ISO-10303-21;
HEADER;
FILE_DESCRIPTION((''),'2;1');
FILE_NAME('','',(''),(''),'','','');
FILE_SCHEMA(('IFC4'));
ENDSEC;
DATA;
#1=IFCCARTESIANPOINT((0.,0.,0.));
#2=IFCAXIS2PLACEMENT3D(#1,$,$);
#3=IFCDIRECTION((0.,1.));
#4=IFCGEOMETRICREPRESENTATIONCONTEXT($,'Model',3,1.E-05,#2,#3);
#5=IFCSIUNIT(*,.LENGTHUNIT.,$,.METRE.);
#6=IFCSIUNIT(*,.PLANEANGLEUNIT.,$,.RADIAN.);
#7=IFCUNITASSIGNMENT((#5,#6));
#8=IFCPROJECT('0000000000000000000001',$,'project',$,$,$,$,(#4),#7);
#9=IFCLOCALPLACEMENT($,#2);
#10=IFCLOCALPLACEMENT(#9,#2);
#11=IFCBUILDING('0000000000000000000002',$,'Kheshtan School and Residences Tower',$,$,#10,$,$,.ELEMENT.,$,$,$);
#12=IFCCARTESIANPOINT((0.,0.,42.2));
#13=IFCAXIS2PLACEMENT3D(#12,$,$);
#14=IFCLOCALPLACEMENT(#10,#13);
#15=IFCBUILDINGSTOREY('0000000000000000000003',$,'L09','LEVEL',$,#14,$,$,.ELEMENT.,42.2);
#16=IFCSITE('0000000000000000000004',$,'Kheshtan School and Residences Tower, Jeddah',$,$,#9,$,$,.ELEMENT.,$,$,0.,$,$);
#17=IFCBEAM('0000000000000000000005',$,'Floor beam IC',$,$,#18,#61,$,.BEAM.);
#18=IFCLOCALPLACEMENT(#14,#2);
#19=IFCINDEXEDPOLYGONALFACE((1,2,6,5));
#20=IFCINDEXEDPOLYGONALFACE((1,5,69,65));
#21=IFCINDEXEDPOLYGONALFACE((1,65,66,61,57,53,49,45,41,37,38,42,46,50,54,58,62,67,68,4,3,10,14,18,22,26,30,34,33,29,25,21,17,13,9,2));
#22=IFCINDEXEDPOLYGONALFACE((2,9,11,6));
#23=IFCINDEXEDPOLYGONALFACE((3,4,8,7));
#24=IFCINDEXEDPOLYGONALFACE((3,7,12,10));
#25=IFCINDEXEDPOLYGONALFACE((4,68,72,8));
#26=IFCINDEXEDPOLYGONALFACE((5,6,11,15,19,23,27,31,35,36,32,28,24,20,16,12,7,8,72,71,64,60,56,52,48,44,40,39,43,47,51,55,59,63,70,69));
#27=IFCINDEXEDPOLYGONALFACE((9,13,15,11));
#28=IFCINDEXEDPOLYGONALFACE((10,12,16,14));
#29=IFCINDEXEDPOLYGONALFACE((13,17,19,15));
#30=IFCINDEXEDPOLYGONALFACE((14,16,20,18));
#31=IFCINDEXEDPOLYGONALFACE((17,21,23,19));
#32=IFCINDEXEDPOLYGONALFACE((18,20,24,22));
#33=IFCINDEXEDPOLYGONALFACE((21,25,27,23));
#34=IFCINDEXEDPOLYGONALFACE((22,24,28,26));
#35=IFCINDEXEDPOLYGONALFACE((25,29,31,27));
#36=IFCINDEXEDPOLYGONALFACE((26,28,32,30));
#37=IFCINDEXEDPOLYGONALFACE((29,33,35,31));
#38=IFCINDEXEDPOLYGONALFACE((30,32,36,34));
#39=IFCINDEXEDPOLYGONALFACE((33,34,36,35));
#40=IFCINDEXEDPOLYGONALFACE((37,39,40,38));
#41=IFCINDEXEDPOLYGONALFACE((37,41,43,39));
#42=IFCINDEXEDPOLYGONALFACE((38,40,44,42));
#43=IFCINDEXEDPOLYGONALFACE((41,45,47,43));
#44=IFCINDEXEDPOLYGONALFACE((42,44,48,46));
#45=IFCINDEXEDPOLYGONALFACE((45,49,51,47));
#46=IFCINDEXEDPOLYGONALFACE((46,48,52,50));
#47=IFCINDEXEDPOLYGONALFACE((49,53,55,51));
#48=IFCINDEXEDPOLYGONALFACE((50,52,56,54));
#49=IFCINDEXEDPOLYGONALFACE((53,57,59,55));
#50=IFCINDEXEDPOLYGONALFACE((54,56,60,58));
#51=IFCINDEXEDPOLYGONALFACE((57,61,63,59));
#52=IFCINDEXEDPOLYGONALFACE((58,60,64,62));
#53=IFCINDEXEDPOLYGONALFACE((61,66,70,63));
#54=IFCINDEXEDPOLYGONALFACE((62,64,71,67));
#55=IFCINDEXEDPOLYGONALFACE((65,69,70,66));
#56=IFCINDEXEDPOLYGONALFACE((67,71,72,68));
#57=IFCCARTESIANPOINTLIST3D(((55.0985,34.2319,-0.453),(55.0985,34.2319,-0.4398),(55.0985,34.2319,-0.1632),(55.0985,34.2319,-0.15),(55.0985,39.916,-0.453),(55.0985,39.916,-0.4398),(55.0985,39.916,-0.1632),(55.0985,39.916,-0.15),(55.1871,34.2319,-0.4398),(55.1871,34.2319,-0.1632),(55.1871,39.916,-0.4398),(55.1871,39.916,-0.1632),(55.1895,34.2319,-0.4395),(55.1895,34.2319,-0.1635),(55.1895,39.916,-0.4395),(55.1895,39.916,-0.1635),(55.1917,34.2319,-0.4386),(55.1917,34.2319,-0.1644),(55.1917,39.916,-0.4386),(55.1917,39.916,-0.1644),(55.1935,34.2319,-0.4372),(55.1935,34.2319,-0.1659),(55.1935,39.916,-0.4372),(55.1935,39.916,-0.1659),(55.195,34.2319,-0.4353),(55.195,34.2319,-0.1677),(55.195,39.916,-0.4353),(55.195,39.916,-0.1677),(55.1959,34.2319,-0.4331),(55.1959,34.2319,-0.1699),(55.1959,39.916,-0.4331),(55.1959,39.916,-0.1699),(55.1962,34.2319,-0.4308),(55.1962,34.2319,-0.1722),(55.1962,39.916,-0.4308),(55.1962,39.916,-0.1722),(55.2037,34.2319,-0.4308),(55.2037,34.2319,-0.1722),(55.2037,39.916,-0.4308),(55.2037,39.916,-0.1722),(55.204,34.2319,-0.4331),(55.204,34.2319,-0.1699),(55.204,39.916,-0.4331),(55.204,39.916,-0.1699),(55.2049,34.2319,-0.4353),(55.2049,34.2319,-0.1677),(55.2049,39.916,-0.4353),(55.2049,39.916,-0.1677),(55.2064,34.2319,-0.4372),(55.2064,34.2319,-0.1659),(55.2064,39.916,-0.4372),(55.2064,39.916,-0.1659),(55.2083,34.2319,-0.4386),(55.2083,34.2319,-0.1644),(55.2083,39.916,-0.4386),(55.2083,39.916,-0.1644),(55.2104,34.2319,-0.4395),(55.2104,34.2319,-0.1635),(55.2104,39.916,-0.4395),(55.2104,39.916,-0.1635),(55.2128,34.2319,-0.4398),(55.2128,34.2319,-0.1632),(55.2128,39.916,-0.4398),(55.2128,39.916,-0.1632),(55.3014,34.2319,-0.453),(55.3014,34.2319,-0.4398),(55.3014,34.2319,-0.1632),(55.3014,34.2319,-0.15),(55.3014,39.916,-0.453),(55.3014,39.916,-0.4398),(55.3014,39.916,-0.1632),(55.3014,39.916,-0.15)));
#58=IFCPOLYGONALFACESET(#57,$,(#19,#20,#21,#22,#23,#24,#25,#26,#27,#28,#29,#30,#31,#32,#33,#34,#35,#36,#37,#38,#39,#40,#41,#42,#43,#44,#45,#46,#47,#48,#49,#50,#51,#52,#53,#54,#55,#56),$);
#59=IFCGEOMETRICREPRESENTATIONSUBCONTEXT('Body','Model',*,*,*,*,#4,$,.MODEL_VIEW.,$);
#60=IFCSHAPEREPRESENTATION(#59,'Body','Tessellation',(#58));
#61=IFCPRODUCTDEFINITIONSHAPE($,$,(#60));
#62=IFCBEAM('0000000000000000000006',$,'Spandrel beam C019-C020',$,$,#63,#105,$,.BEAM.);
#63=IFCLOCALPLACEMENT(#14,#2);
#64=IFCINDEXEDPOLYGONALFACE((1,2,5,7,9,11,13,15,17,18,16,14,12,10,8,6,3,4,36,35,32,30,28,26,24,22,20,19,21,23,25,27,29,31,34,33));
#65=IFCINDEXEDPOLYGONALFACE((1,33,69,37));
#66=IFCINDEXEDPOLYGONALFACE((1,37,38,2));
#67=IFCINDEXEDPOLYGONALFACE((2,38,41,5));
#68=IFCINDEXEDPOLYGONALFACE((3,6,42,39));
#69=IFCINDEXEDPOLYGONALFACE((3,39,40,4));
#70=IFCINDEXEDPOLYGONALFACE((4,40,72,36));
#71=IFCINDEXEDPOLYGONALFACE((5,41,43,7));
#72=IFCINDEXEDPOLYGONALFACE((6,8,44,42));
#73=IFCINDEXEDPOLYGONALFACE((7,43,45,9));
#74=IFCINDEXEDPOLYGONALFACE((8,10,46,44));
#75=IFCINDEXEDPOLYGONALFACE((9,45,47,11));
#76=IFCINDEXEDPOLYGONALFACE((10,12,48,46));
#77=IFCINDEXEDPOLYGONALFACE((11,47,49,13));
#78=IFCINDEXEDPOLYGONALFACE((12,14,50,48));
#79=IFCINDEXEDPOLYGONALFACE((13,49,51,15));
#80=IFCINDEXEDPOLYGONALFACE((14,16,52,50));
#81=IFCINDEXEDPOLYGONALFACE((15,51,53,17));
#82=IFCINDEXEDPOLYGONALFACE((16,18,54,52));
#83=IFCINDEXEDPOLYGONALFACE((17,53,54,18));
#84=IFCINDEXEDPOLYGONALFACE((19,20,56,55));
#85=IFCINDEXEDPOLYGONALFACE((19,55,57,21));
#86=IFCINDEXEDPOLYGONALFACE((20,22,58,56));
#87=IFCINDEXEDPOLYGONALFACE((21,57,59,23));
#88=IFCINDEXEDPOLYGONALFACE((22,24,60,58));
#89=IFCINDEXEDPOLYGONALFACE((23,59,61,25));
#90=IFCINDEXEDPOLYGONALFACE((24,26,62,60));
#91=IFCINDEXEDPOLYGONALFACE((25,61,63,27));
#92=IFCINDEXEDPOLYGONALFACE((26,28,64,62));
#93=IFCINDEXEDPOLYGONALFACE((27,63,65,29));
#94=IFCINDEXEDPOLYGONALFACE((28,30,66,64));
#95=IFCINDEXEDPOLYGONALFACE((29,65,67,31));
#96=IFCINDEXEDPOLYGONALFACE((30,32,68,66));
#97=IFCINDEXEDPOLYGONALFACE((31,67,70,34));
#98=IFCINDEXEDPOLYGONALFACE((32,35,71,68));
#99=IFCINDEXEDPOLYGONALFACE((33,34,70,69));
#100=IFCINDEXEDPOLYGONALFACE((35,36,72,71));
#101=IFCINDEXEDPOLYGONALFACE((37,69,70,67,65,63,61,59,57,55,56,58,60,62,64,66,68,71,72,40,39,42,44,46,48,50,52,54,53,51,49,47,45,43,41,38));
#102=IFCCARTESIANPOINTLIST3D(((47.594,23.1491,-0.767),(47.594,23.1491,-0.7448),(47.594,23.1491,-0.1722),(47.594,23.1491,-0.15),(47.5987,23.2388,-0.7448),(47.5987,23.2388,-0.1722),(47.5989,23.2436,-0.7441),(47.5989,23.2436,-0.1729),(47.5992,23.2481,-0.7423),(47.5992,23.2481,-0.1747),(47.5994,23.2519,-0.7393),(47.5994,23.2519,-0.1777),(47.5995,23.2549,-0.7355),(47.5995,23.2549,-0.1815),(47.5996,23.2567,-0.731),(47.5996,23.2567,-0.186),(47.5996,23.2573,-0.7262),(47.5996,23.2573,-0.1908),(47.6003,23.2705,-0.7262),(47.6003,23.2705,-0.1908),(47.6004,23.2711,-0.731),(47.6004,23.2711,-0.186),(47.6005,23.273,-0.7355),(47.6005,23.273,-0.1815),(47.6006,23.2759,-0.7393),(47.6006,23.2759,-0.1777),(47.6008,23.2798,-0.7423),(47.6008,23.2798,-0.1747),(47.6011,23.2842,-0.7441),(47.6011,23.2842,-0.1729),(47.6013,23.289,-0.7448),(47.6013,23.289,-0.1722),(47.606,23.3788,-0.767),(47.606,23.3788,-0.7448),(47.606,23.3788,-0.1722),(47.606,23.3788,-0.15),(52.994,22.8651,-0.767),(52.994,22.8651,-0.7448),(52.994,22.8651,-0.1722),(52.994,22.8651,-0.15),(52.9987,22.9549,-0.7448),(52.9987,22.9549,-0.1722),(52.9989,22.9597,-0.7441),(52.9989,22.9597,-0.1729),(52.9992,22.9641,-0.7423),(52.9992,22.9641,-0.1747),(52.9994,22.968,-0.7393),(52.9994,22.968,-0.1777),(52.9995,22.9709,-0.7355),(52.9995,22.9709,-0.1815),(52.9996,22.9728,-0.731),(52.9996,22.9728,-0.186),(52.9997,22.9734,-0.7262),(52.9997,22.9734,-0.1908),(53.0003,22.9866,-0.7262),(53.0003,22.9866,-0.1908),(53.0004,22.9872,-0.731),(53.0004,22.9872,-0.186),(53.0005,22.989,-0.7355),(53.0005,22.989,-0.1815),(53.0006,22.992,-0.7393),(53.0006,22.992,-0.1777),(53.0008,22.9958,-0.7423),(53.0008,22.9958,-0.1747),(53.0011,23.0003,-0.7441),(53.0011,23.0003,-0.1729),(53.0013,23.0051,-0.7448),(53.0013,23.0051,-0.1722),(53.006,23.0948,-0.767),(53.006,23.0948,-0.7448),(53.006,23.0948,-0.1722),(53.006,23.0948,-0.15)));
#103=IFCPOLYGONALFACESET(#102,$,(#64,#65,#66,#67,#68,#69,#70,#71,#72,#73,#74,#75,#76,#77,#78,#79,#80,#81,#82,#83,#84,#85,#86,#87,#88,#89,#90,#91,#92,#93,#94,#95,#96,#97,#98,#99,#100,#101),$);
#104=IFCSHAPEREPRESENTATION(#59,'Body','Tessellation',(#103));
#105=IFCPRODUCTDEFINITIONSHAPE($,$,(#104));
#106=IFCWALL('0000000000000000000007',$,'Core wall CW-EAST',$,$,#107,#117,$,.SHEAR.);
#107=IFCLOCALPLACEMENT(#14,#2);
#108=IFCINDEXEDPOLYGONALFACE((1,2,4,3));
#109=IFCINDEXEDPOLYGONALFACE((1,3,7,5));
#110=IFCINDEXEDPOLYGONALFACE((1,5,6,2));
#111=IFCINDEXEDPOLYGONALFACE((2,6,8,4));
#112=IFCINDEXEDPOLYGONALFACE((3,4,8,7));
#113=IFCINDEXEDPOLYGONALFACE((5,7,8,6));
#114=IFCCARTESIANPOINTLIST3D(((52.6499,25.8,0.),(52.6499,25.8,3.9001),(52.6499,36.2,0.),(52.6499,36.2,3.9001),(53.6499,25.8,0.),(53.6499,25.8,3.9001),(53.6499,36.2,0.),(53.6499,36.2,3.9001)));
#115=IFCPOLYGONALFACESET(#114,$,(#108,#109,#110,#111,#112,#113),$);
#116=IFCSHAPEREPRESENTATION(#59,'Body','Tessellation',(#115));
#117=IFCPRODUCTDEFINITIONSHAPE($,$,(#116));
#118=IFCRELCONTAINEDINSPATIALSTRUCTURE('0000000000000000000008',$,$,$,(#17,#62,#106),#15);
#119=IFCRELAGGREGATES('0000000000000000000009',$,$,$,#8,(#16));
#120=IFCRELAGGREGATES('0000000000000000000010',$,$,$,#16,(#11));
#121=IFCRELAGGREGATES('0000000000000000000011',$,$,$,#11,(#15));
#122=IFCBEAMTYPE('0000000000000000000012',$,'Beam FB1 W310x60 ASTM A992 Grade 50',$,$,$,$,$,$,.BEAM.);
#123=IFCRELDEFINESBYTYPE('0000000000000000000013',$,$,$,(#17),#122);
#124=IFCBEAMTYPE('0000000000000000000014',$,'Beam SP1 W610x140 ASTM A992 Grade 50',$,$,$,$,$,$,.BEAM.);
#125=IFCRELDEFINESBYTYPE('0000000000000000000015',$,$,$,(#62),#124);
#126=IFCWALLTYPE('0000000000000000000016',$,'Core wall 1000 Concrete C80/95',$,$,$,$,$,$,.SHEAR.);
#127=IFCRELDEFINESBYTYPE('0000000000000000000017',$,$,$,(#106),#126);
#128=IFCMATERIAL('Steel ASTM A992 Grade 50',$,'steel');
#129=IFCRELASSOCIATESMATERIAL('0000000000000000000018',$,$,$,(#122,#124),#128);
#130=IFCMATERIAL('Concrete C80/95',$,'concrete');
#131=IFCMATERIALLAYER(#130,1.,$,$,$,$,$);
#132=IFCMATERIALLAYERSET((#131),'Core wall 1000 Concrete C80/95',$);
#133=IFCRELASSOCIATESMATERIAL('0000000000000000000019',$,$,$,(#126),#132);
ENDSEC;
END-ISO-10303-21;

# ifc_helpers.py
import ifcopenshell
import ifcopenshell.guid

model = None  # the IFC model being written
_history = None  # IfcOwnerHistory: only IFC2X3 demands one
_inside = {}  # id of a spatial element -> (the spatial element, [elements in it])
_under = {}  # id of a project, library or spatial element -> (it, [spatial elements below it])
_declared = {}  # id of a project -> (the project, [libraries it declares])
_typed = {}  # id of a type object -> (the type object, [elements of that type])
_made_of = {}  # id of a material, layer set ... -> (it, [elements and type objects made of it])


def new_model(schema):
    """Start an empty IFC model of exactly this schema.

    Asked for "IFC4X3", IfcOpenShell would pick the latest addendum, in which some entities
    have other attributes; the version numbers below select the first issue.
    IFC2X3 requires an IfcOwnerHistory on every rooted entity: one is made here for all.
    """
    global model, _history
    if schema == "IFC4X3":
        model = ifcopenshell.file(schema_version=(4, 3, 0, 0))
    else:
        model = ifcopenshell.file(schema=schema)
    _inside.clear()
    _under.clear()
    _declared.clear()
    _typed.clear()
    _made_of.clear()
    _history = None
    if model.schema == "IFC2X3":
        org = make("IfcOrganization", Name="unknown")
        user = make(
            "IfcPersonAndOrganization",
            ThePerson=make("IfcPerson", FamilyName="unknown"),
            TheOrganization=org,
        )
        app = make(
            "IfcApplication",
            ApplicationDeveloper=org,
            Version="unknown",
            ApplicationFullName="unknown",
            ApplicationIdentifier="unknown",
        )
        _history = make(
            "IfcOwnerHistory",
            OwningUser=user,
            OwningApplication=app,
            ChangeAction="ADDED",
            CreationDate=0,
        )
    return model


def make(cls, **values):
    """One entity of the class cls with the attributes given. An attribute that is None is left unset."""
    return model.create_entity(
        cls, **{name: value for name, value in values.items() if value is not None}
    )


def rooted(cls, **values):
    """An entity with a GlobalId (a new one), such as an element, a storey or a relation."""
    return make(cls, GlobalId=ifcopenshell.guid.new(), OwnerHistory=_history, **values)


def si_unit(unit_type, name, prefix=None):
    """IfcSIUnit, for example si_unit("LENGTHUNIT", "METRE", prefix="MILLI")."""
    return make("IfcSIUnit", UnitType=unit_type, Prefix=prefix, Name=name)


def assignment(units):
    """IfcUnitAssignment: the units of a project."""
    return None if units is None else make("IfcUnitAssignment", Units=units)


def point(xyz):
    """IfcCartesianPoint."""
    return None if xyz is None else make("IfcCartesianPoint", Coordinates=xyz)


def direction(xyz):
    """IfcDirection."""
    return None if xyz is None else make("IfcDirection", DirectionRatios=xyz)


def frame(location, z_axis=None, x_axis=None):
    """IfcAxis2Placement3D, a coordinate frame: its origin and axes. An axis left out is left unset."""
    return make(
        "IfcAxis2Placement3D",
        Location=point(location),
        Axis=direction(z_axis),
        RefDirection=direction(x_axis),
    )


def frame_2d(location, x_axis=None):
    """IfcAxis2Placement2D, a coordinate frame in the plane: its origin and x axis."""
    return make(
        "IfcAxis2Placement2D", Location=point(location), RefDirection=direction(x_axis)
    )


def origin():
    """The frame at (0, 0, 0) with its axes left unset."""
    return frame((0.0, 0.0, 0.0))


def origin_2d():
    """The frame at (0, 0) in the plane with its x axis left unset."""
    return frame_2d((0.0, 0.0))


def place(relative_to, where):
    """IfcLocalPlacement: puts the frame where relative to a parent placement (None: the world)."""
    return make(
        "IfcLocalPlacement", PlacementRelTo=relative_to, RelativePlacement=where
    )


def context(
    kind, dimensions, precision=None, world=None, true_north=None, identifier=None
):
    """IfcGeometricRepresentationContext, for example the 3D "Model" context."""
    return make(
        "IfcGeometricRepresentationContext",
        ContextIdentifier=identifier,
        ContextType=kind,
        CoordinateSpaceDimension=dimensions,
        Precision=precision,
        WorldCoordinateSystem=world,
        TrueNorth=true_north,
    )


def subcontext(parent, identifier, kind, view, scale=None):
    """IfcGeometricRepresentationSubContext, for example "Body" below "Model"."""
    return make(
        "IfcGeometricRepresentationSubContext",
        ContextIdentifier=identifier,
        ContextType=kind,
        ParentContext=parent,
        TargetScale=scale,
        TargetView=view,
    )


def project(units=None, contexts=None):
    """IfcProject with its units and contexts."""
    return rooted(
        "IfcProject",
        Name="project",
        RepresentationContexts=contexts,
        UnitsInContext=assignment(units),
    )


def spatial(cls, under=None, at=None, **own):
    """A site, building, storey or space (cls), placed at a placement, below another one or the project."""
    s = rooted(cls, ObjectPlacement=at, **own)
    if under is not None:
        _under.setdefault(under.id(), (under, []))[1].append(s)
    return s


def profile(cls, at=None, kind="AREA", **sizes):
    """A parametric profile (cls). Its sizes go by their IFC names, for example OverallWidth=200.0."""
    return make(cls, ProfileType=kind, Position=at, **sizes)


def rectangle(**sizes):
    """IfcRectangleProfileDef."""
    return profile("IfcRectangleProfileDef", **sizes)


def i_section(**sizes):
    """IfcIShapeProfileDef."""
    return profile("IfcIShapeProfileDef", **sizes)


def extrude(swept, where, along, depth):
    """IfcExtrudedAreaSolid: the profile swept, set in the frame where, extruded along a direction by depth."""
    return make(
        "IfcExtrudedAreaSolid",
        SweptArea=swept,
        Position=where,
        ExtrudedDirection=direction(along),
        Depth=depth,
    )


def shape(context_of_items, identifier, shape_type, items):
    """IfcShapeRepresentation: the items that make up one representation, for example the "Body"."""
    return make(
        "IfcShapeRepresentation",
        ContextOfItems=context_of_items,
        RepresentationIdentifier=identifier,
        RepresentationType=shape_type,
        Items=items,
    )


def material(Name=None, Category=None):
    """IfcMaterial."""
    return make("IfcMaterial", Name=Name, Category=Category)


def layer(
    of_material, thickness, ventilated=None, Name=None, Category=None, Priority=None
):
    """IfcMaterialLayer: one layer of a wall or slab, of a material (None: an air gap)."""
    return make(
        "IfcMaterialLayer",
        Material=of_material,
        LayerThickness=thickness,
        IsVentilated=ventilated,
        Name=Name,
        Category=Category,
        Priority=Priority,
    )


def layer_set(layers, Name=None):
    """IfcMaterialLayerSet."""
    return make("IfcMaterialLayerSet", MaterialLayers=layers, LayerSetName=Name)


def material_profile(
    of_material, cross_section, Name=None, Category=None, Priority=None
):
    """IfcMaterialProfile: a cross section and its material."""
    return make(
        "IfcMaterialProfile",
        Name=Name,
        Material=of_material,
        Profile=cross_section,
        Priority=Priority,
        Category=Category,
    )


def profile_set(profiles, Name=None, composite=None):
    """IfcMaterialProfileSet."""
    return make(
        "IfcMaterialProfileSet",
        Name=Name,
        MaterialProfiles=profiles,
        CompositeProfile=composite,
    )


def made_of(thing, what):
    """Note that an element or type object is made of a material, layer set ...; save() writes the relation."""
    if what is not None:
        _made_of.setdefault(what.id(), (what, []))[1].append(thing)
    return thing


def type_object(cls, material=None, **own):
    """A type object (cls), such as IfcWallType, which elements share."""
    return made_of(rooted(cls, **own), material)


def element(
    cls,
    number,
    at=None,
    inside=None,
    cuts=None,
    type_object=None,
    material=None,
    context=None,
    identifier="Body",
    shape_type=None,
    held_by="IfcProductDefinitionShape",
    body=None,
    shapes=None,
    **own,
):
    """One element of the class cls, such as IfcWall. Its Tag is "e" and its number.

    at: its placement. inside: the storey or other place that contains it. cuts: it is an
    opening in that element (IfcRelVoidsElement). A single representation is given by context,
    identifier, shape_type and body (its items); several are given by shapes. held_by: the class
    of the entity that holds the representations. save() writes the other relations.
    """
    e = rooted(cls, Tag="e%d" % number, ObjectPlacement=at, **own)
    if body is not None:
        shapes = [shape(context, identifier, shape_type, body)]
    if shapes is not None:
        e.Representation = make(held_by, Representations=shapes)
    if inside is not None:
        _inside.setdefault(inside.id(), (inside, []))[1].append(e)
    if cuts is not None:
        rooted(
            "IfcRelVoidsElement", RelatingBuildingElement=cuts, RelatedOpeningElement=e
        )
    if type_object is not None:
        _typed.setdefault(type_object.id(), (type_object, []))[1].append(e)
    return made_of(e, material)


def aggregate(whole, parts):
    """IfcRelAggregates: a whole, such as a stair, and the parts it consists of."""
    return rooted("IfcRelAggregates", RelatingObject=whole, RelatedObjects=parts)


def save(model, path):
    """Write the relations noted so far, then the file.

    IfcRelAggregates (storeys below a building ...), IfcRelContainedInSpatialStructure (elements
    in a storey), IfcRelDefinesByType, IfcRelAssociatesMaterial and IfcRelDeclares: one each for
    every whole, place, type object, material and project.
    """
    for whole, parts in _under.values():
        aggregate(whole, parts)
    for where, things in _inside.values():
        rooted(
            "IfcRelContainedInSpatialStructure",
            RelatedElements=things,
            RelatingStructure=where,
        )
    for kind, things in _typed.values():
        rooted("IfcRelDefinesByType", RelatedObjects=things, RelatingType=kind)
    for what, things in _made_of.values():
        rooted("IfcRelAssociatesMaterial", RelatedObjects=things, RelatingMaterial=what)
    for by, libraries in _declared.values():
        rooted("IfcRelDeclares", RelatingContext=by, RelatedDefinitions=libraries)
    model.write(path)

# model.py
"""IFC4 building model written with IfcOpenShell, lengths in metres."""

from ifc_helpers import new_model, si_unit, direction, frame, frame_2d, origin, origin_2d, place, context, subcontext, project, spatial, rectangle, i_section, extrude, material, layer, layer_set, material_profile, profile_set, type_object, element, save


model = new_model("IFC4")

# Units and contexts
model_context = context("Model", 3, precision=1e-05, world=origin(), true_north=direction((0.0, 1.0)))
body_context = subcontext(model_context, "Body", "Model", "MODEL_VIEW")
ifc_project = project(units=[si_unit("LENGTHUNIT", "METRE"), si_unit("PLANEANGLEUNIT", "RADIAN")], contexts=[model_context])

# Site, building, storey
site_placement = place(None, origin())
site = spatial("IfcSite", under=ifc_project, at=site_placement, Name="Kheshtan School and Residences Tower, Jeddah", CompositionType="ELEMENT", RefElevation=0.0)
building_placement = place(site_placement, origin())
building = spatial("IfcBuilding", under=site, at=building_placement, Name="Kheshtan School and Residences Tower", CompositionType="ELEMENT")
storey_placement = place(building_placement, frame((0.0, 0.0, 42.2)))
storey = spatial("IfcBuildingStorey", under=building, at=storey_placement, Name="L09", Description="LEVEL", CompositionType="ELEMENT", Elevation=42.2)

# Shared definitions
ifc_material_1 = material(Name="Steel ASTM A992 Grade 50", Category="steel")

# Beams
ifc_material_profile_1 = material_profile(ifc_material_1, i_section(OverallWidth=0.2029, OverallDepth=0.303, WebThickness=0.0076, FlangeThickness=0.0132, FilletRadius=0.009, at=origin_2d()), Name="W310x60")
ifc_profile_set_1 = profile_set([ifc_material_profile_1], Name="Steel ASTM A992 Grade 50")
beam_type_1 = type_object("IfcBeamType", Name="Beam FB1 W310x60 ASTM A992 Grade 50", PredefinedType="BEAM", material=ifc_profile_set_1)
beam_1_placement = place(storey_placement, frame((55.2, 34.2319, -0.3015), z_axis=(0.0, 1.0, 0.0), x_axis=(-1.0, 0.0, 0.0)))
element("IfcBeam", 1, at=beam_1_placement, inside=storey, type_object=beam_type_1, Name="Floor beam IC", PredefinedType="BEAM", context=body_context, shape_type="SweptSolid", body=[
    extrude(i_section(OverallWidth=0.2029, OverallDepth=0.303, WebThickness=0.0076, FlangeThickness=0.0132, FilletRadius=0.009, at=origin_2d()), origin(), (0.0, 0.0, 1.0), 5.6841),
])
ifc_material_profile_2 = material_profile(ifc_material_1, i_section(OverallWidth=0.23, OverallDepth=0.6169, WebThickness=0.0132, FlangeThickness=0.0222, FilletRadius=0.0186, at=origin_2d()), Name="W610x140")
ifc_profile_set_2 = profile_set([ifc_material_profile_2], Name="Steel ASTM A992 Grade 50")
beam_type_2 = type_object("IfcBeamType", Name="Beam SP1 W610x140 ASTM A992 Grade 50", PredefinedType="BEAM", material=ifc_profile_set_2)
beam_2_placement = place(storey_placement, frame((53.0, 22.98, -0.4585), z_axis=(-0.99862, 0.052509, 0.0), x_axis=(-0.052509, -0.99862, 0.0)))
element("IfcBeam", 2, at=beam_2_placement, inside=storey, type_object=beam_type_2, Name="Spandrel beam C019-C020", PredefinedType="BEAM", context=body_context, shape_type="SweptSolid", body=[
    extrude(i_section(OverallWidth=0.23, OverallDepth=0.6169, WebThickness=0.0132, FlangeThickness=0.0222, FilletRadius=0.0186, at=origin_2d()), origin(), (0.0, 0.0, 1.0), 5.4075),
])

# Wall
ifc_material_2 = material(Name="Concrete C80/95", Category="concrete")
ifc_layer_1 = layer(ifc_material_2, 1.0)
ifc_layer_set_1 = layer_set([ifc_layer_1], Name="Core wall 1000 Concrete C80/95")
wall_type_1 = type_object("IfcWallType", Name="Core wall 1000 Concrete C80/95", PredefinedType="SHEAR", material=ifc_layer_set_1)
wall_1_placement = place(storey_placement, frame((53.1499, 25.8, 0.0), z_axis=(0.0, 0.0, 1.0), x_axis=(0.0, 1.0, 0.0)))
element("IfcWall", 3, at=wall_1_placement, inside=storey, type_object=wall_type_1, Name="Core wall CW-EAST", PredefinedType="SHEAR", context=body_context, shape_type="SweptSolid", body=[
    extrude(rectangle(XDim=10.3999, YDim=1.0, at=frame_2d((5.2, 0.0))), origin(), (0.0, 0.0, 1.0), 3.9001),
])

save(model, "model.ifc")
